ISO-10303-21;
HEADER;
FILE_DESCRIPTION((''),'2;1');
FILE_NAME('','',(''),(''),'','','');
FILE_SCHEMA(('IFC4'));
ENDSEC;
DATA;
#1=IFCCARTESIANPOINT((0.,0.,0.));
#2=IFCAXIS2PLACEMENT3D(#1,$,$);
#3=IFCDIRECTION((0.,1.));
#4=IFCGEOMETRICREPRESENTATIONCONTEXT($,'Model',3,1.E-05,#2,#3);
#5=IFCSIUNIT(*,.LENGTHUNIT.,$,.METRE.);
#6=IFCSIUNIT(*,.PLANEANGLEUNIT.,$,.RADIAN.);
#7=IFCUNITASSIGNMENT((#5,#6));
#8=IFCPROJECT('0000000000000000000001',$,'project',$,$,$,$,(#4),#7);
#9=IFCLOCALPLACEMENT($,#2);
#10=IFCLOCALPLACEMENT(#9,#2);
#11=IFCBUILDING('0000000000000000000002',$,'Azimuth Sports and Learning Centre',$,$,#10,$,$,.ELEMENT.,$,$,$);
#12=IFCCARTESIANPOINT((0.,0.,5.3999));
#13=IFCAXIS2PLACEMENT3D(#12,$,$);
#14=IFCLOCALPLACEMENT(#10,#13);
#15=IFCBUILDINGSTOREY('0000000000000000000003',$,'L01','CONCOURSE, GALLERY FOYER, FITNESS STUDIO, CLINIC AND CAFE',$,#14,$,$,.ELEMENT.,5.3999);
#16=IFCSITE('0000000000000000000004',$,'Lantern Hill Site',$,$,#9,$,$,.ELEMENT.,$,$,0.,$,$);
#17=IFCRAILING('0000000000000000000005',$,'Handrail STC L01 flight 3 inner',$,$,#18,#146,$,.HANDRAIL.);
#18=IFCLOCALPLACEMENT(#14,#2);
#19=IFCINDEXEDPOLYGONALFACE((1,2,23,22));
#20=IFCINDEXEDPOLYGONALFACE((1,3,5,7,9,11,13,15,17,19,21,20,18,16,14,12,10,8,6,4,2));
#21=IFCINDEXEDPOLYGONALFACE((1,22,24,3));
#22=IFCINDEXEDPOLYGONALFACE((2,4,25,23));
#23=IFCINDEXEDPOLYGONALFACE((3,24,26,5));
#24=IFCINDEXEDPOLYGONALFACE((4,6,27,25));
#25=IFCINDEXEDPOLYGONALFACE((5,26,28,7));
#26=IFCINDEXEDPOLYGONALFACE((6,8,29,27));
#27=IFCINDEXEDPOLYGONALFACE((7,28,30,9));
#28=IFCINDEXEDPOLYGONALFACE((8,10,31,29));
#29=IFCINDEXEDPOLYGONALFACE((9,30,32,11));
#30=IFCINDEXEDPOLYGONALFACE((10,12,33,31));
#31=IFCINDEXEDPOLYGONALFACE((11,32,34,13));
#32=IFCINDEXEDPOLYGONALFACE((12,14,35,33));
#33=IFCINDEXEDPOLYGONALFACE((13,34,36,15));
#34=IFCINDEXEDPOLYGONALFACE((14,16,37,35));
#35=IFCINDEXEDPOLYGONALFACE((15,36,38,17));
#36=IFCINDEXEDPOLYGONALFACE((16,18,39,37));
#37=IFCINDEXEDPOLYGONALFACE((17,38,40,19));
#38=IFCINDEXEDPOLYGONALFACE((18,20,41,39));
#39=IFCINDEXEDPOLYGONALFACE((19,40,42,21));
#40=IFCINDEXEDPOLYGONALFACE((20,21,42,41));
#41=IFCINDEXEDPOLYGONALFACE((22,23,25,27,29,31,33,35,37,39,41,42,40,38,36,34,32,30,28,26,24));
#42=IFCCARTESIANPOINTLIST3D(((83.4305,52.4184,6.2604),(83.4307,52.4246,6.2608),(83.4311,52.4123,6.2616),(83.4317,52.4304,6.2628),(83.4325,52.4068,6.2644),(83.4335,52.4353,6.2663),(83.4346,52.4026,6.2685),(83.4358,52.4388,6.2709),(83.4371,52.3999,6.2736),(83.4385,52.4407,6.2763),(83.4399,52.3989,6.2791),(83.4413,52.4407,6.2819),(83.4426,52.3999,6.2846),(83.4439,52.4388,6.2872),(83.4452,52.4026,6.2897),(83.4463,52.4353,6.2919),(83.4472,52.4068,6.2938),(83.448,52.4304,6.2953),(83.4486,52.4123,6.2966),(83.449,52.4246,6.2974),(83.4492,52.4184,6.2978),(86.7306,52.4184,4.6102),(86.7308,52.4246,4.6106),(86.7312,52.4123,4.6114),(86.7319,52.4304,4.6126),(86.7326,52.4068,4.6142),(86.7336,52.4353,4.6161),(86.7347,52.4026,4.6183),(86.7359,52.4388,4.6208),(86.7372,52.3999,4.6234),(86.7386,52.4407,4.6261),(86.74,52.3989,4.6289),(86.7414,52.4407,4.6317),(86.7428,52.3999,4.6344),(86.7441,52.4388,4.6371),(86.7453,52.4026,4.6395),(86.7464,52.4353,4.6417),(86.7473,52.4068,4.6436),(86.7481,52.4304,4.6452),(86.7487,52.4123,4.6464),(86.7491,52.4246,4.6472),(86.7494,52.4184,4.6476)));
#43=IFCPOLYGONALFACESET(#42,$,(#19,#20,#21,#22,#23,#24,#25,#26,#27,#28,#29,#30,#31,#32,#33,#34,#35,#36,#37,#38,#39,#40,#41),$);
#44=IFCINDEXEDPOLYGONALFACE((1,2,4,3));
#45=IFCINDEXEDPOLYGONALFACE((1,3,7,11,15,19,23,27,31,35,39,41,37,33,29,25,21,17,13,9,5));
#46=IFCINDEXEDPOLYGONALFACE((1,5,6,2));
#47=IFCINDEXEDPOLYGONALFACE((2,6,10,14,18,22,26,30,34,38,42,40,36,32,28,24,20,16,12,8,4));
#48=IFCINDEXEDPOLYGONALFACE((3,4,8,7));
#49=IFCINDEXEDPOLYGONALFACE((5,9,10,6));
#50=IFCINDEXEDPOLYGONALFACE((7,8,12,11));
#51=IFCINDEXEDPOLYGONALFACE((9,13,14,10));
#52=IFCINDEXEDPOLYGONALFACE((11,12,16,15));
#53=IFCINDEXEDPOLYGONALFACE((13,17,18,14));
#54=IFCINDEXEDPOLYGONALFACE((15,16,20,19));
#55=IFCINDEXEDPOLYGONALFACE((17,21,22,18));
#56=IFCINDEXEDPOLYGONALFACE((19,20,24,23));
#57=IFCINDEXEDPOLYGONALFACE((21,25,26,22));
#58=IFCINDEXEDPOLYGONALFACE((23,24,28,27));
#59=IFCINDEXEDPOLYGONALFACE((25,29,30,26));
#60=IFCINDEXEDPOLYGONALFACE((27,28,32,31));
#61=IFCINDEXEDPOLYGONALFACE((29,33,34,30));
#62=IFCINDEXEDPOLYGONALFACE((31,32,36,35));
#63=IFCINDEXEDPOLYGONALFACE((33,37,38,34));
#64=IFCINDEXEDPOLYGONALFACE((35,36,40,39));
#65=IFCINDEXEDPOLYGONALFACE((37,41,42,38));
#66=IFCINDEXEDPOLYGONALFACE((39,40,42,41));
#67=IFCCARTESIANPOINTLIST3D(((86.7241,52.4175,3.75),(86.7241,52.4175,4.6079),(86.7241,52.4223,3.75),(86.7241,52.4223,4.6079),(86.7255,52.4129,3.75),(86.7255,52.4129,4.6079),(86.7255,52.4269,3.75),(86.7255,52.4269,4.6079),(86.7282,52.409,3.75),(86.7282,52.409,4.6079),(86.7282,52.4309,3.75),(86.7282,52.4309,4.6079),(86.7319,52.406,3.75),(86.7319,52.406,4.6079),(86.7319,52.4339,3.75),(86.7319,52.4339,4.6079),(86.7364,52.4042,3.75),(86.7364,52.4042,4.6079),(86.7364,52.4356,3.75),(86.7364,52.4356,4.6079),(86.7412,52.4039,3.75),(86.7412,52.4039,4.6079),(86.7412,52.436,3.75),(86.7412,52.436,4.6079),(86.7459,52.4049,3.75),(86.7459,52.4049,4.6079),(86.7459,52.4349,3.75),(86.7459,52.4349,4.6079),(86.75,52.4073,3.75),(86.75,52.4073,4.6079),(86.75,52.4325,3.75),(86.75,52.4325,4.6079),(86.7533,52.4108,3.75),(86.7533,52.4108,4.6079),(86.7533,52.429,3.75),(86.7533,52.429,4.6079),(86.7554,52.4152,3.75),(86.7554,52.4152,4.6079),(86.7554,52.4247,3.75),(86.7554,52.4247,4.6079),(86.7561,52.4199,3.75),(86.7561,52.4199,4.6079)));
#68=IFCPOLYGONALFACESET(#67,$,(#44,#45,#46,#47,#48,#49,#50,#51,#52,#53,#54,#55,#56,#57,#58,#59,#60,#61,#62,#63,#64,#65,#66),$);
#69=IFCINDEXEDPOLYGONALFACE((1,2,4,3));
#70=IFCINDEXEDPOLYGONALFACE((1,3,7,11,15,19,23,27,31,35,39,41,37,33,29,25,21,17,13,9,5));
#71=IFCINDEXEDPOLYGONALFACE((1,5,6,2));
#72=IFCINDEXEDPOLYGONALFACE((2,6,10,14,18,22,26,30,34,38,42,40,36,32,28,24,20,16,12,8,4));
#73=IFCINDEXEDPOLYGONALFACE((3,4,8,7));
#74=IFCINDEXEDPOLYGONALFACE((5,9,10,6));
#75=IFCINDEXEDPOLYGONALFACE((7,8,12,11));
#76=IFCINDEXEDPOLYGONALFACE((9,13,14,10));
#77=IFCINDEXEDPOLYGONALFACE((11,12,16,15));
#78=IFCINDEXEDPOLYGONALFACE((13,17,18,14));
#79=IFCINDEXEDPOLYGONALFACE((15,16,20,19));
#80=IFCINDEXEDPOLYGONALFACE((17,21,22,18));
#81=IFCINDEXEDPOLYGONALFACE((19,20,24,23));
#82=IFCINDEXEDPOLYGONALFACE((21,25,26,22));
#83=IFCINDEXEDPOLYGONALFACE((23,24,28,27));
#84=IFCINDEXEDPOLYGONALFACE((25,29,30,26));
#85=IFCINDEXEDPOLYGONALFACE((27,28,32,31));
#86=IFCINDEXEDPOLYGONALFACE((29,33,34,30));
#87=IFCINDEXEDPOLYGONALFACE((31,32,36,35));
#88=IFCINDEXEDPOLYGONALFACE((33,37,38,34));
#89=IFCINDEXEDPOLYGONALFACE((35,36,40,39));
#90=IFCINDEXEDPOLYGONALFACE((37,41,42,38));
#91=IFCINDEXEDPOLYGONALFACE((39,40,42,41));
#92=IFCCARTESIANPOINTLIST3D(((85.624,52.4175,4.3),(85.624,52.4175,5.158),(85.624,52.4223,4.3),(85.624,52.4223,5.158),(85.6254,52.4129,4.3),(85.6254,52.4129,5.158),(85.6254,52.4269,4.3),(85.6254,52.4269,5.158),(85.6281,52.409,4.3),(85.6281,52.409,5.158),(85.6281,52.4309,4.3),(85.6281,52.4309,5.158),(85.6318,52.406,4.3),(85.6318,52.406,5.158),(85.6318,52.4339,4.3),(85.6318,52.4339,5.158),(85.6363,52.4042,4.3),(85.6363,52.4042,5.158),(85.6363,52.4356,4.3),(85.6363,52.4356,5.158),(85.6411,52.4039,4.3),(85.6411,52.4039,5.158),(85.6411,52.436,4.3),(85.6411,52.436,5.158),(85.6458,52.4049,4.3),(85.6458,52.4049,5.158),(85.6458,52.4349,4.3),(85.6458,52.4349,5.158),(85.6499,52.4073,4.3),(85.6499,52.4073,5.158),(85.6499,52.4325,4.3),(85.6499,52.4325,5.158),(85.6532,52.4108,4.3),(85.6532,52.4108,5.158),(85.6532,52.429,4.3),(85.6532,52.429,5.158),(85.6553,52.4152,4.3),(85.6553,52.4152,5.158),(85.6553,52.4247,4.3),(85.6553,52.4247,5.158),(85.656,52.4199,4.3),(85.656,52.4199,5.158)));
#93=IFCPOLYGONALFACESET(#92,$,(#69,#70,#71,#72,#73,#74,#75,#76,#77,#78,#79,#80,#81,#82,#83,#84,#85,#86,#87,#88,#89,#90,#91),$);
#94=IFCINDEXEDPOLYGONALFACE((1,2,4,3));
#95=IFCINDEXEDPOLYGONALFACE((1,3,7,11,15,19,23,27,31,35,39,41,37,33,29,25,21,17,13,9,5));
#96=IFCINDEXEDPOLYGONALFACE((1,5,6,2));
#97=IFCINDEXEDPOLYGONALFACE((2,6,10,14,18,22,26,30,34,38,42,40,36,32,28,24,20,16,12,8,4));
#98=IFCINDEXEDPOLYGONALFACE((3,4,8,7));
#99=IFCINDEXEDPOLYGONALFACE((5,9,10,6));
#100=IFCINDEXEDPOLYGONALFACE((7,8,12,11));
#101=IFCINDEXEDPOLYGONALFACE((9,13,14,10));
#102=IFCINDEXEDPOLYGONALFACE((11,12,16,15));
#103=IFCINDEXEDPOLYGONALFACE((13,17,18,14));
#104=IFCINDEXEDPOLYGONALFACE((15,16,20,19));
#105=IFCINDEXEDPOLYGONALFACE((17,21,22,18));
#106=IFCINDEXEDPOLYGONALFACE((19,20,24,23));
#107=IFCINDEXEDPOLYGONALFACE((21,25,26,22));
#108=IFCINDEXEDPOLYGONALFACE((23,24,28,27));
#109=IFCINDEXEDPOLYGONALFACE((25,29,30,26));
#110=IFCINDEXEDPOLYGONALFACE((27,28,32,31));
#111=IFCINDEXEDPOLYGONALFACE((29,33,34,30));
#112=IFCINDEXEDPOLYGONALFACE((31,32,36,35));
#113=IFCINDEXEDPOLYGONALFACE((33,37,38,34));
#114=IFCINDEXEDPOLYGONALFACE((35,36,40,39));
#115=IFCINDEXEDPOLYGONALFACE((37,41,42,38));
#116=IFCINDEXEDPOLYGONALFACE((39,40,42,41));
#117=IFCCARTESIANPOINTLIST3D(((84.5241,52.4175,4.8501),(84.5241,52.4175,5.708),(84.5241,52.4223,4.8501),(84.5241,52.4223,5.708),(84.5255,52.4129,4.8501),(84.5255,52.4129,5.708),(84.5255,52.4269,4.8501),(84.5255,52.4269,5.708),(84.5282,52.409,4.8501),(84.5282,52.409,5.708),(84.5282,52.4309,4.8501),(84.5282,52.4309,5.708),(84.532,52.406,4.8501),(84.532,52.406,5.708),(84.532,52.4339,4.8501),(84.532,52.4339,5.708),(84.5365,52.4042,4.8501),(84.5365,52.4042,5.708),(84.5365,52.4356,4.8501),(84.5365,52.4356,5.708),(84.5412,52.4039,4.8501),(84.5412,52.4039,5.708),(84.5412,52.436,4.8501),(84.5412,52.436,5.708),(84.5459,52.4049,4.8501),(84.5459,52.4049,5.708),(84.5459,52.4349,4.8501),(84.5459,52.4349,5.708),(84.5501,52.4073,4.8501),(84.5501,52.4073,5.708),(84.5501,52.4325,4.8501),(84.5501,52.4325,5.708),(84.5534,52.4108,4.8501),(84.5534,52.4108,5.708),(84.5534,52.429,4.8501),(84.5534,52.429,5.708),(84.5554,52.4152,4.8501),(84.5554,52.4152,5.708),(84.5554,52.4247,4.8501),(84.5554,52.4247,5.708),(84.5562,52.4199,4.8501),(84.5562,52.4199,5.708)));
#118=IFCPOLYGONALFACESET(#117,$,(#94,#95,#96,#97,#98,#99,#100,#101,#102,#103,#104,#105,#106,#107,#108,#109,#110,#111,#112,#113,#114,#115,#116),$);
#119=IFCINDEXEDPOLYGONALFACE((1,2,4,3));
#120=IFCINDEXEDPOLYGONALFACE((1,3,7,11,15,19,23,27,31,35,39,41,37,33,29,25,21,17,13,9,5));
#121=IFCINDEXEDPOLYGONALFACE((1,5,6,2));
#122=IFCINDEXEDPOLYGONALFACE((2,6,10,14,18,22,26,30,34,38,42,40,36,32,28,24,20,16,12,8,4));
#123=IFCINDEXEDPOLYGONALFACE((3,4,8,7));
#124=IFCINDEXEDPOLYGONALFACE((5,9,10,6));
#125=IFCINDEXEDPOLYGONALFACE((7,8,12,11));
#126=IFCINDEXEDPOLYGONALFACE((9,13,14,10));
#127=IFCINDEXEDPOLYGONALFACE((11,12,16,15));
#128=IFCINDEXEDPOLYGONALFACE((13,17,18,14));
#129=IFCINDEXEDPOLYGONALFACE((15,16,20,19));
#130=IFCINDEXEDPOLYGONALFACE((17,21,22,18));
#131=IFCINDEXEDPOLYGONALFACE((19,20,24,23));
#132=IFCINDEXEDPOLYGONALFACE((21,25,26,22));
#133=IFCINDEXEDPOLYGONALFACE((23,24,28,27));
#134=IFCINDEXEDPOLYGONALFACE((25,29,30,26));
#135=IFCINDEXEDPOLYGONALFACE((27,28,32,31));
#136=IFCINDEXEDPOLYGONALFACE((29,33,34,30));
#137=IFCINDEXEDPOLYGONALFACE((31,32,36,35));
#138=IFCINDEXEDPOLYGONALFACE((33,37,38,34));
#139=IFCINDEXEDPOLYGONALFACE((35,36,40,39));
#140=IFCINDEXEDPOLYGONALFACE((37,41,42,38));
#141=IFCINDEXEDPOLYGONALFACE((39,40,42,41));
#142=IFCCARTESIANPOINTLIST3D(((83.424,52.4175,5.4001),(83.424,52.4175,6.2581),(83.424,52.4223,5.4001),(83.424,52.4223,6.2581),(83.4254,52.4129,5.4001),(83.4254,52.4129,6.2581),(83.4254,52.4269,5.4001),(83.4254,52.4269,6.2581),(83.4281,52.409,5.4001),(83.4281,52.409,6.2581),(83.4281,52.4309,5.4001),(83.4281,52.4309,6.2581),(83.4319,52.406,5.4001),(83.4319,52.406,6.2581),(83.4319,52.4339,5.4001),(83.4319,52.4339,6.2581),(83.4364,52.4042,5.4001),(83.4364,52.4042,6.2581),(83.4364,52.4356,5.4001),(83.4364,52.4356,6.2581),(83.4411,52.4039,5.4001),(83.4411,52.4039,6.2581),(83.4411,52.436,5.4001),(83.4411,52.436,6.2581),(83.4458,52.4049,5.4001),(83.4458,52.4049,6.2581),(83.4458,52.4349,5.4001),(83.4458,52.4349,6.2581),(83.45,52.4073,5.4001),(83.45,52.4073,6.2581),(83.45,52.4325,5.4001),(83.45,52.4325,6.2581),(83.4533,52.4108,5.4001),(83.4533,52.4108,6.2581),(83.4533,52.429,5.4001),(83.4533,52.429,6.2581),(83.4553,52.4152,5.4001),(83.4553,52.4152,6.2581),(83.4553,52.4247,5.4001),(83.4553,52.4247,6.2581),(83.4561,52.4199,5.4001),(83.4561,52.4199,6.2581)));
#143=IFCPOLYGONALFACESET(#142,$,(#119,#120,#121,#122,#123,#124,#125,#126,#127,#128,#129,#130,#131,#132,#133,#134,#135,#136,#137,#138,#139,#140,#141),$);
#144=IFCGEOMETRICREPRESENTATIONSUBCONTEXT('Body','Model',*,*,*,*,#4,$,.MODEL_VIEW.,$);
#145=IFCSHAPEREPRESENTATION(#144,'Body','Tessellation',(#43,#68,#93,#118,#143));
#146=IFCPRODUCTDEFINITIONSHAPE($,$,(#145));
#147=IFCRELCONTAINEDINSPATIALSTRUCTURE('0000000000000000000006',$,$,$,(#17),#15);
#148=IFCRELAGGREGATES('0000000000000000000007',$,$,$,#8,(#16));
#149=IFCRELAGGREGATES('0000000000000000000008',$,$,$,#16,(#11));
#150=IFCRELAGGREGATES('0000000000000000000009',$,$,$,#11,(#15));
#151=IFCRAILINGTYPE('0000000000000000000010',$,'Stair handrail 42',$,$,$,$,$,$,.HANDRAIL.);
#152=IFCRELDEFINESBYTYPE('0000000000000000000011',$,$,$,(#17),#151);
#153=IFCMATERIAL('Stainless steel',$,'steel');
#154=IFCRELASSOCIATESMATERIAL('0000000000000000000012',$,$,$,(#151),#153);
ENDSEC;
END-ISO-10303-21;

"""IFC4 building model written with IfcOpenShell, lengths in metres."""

from ifc_helpers import new_model, si_unit, direction, frame, origin, origin_2d, place, context, subcontext, project, spatial, circle, extrude, material, type_object, element, save


model = new_model("IFC4")

# Units and contexts
model_context = context("Model", 3, precision=1e-05, world=origin(), true_north=direction((0.0, 1.0)))
body_context = subcontext(model_context, "Body", "Model", "MODEL_VIEW")
ifc_project = project(units=[si_unit("LENGTHUNIT", "METRE"), si_unit("PLANEANGLEUNIT", "RADIAN")], contexts=[model_context])

# Site, building, storey
site_placement = place(None, origin())
site = spatial("IfcSite", under=ifc_project, at=site_placement, Name="Lantern Hill Site", CompositionType="ELEMENT", RefElevation=0.0)
building_placement = place(site_placement, origin())
building = spatial("IfcBuilding", under=site, at=building_placement, Name="Azimuth Sports and Learning Centre", CompositionType="ELEMENT")
storey_placement = place(building_placement, frame((0.0, 0.0, 5.3999)))
storey = spatial("IfcBuildingStorey", under=building, at=storey_placement, Name="L01", Description="CONCOURSE, GALLERY FOYER, FITNESS STUDIO, CLINIC AND CAFE", CompositionType="ELEMENT", Elevation=5.3999)

# Railing
ifc_material_1 = material(Name="Stainless steel", Category="steel")
railing_type_1 = type_object("IfcRailingType", Name="Stair handrail 42", PredefinedType="HANDRAIL", material=ifc_material_1)
for number, where, name in (
    (1, (86.74, 52.4199, 3.75), "Handrail STC L01 flight 3 inner"),
):
    element("IfcRailing", number, at=place(storey_placement, frame(where)), inside=storey, type_object=railing_type_1, Name=name, PredefinedType="HANDRAIL", context=body_context, shape_type="SweptSolid", body=[
        extrude(circle(Radius=0.021, at=origin_2d()), frame((0.0, 0.0, 0.8789), z_axis=(-0.894414, 0.0, 0.44724), x_axis=(0.0, -1.0, 0.0)), (0.0, 0.0, 1.0), 3.6897),
        extrude(circle(Radius=0.0161, at=origin_2d()), origin(), (0.0, 0.0, 1.0), 0.8579),
        extrude(circle(Radius=0.0161, at=origin_2d()), frame((-1.1001, 0.0, 0.55)), (0.0, 0.0, 1.0), 0.8579),
        extrude(circle(Radius=0.0161, at=origin_2d()), frame((-2.2, 0.0, 1.1001)), (0.0, 0.0, 1.0), 0.8579),
        extrude(circle(Radius=0.0161, at=origin_2d()), frame((-3.3, 0.0, 1.6501)), (0.0, 0.0, 1.0), 0.8579),
    ])

save(model, "model.ifc")
